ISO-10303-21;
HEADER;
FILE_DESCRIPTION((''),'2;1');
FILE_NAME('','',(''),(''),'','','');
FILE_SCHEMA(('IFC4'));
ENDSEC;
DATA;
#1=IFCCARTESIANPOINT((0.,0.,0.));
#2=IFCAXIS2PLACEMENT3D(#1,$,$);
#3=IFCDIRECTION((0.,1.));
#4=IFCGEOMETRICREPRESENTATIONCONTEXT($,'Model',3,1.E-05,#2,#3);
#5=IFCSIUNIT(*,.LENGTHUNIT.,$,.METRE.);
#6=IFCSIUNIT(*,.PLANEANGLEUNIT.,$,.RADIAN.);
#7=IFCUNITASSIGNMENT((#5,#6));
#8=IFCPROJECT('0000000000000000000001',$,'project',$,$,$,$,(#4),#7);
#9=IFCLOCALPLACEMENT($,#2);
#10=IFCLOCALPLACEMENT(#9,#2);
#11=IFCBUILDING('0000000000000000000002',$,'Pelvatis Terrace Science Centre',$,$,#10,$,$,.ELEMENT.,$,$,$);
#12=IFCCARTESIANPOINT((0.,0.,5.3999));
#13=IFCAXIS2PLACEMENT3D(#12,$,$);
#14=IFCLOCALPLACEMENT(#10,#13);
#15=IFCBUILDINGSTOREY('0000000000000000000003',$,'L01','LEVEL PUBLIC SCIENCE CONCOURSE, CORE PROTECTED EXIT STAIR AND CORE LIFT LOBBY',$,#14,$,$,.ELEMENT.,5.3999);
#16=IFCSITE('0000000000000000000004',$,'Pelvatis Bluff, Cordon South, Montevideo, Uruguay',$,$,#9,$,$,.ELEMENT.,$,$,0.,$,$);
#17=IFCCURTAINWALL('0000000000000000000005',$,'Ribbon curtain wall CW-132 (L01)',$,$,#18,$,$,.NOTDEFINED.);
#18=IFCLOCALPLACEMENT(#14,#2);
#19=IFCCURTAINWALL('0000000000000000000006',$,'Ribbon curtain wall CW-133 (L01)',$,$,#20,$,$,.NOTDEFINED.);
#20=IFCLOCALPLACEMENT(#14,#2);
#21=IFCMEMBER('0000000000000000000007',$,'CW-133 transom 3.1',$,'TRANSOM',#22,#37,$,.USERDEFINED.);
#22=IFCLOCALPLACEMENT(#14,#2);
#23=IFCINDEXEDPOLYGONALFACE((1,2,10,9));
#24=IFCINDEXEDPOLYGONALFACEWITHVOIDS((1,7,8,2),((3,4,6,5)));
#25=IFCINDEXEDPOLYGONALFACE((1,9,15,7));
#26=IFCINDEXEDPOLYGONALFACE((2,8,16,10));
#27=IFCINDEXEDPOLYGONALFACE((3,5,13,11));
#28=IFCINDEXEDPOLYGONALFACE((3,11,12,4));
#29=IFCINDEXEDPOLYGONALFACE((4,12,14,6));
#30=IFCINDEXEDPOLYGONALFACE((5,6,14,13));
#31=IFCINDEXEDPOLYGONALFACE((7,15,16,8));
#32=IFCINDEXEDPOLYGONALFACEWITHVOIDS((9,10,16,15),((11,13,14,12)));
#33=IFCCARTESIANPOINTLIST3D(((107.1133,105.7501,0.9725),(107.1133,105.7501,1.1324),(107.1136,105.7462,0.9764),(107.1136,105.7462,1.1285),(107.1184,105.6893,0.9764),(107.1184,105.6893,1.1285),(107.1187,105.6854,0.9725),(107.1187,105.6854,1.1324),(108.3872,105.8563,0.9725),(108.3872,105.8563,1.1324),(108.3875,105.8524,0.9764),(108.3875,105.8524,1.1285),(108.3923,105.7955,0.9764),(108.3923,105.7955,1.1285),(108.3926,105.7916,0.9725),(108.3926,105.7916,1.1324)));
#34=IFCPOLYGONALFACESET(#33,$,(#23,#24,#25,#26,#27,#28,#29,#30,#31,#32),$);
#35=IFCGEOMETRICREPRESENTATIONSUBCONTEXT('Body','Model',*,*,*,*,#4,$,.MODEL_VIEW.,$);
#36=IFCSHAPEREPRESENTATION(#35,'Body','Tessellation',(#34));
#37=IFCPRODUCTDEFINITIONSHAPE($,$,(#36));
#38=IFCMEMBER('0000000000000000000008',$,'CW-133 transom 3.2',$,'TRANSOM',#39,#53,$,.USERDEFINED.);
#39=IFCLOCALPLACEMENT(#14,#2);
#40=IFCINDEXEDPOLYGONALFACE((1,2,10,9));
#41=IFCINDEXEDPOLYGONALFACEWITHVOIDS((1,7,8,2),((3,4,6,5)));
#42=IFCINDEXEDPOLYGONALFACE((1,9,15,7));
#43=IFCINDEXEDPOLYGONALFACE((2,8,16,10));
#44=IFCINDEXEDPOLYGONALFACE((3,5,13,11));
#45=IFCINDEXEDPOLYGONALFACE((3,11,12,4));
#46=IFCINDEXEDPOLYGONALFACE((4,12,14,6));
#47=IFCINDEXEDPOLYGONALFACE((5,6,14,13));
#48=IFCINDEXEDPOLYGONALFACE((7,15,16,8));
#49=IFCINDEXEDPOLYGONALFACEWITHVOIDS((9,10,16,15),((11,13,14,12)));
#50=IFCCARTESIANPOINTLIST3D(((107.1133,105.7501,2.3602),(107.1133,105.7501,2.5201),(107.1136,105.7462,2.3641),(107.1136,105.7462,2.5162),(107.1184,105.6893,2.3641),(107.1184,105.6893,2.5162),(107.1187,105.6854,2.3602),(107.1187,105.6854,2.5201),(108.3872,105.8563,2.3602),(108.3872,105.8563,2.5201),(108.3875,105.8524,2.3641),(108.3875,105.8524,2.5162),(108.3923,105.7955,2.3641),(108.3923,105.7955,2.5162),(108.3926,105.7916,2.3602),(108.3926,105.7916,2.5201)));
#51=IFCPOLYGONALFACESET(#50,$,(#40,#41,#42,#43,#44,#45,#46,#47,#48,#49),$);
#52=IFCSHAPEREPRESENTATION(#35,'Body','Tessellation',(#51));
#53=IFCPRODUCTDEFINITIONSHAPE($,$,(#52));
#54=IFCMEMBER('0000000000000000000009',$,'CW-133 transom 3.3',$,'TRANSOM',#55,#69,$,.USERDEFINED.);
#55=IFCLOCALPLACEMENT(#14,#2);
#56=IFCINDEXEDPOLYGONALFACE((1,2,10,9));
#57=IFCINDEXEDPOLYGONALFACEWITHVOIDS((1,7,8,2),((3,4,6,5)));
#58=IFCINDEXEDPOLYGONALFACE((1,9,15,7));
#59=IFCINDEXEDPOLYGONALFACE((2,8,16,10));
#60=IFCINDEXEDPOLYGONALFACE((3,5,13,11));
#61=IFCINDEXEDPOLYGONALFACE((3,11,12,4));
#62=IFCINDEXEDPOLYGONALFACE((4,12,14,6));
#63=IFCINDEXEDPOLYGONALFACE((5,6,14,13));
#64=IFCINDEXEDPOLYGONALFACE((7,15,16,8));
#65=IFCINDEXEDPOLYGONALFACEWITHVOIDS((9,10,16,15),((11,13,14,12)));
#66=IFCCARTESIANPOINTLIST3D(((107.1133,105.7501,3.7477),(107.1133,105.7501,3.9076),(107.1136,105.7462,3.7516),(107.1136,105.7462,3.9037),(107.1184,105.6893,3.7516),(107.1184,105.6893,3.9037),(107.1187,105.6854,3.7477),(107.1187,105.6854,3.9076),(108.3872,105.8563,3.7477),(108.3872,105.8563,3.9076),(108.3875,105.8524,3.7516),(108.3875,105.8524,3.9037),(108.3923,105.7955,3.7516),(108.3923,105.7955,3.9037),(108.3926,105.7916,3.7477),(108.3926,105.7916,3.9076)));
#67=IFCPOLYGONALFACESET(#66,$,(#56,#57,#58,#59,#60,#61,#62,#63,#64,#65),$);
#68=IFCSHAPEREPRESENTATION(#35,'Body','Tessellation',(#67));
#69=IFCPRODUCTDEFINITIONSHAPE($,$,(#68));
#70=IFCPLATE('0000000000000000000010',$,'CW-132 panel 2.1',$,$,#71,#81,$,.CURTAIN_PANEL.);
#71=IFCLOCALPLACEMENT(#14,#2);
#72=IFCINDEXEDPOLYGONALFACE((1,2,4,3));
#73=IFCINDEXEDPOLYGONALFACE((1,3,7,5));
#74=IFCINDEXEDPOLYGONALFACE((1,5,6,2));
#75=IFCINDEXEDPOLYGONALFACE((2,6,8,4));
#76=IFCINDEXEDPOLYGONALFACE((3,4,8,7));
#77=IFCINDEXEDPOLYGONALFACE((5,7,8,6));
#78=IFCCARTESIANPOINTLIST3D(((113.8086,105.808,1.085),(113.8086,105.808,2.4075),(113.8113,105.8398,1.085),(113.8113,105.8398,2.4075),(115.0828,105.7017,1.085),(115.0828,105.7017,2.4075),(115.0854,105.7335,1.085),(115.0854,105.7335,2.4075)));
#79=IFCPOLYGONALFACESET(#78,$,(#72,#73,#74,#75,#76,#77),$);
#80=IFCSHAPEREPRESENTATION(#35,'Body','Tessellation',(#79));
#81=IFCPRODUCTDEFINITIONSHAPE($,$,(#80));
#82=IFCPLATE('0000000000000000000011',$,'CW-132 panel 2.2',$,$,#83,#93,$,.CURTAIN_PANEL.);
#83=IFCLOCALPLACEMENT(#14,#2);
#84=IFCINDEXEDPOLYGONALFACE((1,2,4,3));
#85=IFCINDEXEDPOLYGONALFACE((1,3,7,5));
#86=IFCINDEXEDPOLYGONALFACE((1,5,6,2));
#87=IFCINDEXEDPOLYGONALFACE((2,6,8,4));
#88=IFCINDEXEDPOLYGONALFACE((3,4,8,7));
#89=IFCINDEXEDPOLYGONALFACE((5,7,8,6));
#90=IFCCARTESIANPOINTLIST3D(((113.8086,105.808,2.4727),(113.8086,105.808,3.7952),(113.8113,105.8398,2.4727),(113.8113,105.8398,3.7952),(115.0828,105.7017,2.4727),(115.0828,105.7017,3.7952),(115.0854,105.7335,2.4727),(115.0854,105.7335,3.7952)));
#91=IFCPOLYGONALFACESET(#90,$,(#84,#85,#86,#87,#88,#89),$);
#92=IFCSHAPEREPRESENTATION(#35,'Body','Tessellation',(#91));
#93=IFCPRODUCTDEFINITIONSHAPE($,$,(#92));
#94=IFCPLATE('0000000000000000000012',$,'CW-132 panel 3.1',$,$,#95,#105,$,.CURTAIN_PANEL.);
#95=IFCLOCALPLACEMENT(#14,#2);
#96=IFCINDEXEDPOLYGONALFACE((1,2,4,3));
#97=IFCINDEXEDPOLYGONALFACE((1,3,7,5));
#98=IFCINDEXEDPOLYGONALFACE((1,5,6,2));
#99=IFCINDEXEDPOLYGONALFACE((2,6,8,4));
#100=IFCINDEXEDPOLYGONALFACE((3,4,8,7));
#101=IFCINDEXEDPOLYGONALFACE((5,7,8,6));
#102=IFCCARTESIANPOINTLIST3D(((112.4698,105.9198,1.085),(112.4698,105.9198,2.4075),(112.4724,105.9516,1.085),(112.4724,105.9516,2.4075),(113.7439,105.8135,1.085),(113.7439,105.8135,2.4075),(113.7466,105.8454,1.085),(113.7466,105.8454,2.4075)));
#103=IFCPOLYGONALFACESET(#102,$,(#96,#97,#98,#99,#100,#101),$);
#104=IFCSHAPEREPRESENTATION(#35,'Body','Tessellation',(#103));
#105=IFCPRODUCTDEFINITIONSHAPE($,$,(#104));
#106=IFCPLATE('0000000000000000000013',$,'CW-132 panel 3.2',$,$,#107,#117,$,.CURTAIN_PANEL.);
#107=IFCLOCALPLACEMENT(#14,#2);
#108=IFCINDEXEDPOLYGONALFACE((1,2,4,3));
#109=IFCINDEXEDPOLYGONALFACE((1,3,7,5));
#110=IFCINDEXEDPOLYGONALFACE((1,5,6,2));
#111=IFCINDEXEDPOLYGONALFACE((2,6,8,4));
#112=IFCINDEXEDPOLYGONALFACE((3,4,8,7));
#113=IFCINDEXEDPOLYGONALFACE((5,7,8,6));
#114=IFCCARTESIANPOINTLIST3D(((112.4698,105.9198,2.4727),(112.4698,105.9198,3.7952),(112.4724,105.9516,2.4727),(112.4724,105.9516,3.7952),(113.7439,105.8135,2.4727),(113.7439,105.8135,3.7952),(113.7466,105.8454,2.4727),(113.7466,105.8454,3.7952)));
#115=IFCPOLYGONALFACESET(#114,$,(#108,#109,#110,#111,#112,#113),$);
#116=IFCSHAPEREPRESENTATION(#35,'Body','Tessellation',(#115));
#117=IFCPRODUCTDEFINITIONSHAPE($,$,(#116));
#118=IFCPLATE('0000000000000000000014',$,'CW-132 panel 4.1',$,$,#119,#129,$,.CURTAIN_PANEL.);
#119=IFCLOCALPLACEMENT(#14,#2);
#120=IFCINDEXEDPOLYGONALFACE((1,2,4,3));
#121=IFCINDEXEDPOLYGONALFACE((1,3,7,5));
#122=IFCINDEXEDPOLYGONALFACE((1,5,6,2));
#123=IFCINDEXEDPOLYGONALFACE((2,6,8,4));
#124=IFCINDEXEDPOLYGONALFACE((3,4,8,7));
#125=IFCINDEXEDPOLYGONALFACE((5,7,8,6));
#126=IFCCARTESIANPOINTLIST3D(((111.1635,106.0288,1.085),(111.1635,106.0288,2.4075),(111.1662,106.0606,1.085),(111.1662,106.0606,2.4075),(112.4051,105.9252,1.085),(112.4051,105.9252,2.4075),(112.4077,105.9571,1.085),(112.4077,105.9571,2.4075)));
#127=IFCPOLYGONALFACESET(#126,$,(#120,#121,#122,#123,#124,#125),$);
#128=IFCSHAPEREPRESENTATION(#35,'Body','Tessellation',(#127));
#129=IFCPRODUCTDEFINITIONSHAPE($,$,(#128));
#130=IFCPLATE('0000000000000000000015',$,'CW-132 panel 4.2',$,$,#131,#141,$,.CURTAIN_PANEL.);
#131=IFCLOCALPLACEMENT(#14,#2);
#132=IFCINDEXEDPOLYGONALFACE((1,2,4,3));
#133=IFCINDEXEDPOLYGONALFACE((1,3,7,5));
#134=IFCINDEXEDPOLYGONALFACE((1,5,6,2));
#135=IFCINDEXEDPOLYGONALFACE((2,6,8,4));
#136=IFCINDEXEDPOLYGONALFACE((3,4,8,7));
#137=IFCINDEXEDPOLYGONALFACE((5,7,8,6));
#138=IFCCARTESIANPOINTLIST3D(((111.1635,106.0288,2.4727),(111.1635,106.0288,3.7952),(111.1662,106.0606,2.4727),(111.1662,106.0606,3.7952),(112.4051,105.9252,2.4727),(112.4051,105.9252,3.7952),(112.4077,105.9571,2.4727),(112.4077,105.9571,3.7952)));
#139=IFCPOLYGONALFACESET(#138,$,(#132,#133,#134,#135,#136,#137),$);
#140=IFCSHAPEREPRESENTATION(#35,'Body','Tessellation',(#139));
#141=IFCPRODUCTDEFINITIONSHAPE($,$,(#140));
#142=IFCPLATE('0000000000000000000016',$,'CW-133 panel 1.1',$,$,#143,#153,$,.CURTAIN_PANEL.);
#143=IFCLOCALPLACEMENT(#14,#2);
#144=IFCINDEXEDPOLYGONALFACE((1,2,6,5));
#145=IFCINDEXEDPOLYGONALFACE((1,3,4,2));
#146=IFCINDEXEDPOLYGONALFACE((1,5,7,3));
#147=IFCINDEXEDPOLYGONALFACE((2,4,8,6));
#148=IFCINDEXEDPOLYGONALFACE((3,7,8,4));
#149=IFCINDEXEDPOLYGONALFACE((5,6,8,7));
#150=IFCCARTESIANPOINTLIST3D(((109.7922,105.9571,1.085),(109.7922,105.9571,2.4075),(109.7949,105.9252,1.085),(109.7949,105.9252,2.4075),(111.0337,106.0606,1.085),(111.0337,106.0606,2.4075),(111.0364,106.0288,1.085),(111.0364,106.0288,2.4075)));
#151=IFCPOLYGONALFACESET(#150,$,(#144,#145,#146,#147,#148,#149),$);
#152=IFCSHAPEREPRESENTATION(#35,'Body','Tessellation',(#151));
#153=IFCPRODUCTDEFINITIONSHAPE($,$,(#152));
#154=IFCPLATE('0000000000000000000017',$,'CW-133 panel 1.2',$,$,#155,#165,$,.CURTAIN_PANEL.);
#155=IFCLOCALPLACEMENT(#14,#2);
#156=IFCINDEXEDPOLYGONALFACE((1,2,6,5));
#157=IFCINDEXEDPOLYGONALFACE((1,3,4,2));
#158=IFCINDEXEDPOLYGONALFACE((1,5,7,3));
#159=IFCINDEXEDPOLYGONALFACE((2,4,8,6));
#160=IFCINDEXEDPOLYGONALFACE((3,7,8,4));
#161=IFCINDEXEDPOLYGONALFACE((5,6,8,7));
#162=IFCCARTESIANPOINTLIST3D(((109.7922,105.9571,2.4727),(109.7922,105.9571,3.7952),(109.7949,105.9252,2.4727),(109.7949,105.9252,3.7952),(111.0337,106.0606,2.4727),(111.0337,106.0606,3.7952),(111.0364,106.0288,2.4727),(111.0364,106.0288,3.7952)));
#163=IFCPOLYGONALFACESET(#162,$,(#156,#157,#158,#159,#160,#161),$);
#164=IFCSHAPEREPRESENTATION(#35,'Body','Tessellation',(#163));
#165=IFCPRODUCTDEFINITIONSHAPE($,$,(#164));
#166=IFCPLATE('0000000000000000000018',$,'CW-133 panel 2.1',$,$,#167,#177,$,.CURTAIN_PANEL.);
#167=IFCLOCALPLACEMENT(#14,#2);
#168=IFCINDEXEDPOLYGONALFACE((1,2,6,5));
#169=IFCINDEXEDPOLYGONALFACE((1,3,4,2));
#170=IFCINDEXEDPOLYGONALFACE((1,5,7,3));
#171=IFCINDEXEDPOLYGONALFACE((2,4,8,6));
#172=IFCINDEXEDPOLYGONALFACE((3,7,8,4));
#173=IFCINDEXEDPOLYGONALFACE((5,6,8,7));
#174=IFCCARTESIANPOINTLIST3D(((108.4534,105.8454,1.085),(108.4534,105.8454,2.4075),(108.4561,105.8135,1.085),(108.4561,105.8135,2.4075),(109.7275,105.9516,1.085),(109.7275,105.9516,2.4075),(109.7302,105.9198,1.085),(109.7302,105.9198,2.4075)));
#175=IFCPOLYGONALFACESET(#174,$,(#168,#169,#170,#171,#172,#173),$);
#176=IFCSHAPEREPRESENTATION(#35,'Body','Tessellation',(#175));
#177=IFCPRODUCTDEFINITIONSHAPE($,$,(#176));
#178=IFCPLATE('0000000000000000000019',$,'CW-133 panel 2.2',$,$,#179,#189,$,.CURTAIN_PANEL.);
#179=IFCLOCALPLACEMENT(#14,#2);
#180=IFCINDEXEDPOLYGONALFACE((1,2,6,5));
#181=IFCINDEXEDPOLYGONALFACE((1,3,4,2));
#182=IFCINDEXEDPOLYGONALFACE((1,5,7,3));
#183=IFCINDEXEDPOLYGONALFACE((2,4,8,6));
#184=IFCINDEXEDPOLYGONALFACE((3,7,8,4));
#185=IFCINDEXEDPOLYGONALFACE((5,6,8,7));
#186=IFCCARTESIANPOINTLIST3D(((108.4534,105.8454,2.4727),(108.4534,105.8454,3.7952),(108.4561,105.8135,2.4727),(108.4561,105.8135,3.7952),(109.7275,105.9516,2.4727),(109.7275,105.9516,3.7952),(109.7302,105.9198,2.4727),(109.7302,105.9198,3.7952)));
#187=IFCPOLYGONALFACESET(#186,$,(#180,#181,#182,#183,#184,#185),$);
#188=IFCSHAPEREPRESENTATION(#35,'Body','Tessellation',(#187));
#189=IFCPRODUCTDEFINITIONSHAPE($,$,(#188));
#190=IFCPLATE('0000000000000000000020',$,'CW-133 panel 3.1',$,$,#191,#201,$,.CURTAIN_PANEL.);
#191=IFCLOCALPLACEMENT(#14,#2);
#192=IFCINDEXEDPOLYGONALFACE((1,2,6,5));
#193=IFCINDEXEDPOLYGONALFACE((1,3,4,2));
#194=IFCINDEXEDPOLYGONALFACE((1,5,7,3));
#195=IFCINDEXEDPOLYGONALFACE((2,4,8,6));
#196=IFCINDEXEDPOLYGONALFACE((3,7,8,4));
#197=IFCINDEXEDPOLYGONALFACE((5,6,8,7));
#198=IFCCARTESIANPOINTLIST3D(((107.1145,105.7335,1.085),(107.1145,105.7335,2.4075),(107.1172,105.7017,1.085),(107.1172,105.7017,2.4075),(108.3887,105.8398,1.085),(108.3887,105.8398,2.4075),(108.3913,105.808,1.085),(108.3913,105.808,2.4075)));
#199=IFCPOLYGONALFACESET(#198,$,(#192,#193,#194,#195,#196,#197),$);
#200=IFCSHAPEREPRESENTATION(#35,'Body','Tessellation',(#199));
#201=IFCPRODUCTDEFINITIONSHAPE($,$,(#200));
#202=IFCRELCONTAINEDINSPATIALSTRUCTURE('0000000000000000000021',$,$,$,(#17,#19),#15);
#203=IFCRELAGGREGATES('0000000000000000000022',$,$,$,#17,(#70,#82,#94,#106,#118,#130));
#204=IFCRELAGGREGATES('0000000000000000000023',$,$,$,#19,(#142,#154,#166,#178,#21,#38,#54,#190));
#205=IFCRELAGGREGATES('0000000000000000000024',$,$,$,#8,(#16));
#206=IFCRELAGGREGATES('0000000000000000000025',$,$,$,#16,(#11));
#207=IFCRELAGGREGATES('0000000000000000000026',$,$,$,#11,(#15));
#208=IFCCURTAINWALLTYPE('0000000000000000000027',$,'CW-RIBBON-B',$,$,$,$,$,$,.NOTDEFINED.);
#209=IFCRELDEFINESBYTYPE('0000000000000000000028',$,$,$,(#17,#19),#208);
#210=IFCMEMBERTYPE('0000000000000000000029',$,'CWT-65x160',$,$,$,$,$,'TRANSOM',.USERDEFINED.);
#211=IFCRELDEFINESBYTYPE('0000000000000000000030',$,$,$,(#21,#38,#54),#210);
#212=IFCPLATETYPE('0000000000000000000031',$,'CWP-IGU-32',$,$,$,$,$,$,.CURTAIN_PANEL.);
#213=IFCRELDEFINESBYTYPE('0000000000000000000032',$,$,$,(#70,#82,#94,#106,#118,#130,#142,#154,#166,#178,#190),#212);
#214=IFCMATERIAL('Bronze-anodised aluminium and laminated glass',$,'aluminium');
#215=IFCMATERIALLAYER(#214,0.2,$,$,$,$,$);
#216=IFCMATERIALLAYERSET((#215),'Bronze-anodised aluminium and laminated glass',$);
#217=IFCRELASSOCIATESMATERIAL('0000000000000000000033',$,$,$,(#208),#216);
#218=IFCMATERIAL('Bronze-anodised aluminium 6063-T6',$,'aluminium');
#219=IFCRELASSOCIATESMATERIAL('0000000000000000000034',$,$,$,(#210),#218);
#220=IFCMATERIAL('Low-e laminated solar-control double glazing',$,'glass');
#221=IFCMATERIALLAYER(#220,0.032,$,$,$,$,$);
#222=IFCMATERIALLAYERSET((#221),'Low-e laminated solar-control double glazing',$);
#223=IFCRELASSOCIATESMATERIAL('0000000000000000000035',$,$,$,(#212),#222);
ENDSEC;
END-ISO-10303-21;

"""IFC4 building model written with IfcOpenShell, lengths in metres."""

from ifc_helpers import new_model, si_unit, direction, frame, origin, origin_2d, place, context, subcontext, project, spatial, rectangle, hollow_rectangle, extrude, material, layer, layer_set, material_profile, profile_set, type_object, element, aggregate, save


model = new_model("IFC4")

# Units and contexts
model_context = context("Model", 3, precision=1e-05, world=origin(), true_north=direction((0.0, 1.0)))
body_context = subcontext(model_context, "Body", "Model", "MODEL_VIEW")
ifc_project = project(units=[si_unit("LENGTHUNIT", "METRE"), si_unit("PLANEANGLEUNIT", "RADIAN")], contexts=[model_context])

# Site, building, storey
site_placement = place(None, origin())
site = spatial("IfcSite", under=ifc_project, at=site_placement, Name="Pelvatis Bluff, Cordon South, Montevideo, Uruguay", CompositionType="ELEMENT", RefElevation=0.0)
building_placement = place(site_placement, origin())
building = spatial("IfcBuilding", under=site, at=building_placement, Name="Pelvatis Terrace Science Centre", CompositionType="ELEMENT")
storey_placement = place(building_placement, frame((0.0, 0.0, 5.3999)))
storey = spatial("IfcBuildingStorey", under=building, at=storey_placement, Name="L01", Description="LEVEL PUBLIC SCIENCE CONCOURSE, CORE PROTECTED EXIT STAIR AND CORE LIFT LOBBY", CompositionType="ELEMENT", Elevation=5.3999)

# Curtain walls
ifc_material_1 = material(Name="Bronze-anodised aluminium and laminated glass", Category="aluminium")
ifc_layer_1 = layer(ifc_material_1, 0.2)
ifc_layer_set_1 = layer_set([ifc_layer_1], Name="Bronze-anodised aluminium and laminated glass")
curtain_wall_type = type_object("IfcCurtainWallType", Name="CW-RIBBON-B", PredefinedType="NOTDEFINED", material=ifc_layer_set_1)
curtain_wall_1_placement = place(storey_placement, origin())
curtain_wall_1 = element("IfcCurtainWall", 1, at=curtain_wall_1_placement, inside=storey, type_object=curtain_wall_type, Name="Ribbon curtain wall CW-132 (L01)", PredefinedType="NOTDEFINED")
curtain_wall_2_placement = place(storey_placement, origin())
curtain_wall_2 = element("IfcCurtainWall", 2, at=curtain_wall_2_placement, inside=storey, type_object=curtain_wall_type, Name="Ribbon curtain wall CW-133 (L01)", PredefinedType="NOTDEFINED")

# Members
ifc_material_2 = material(Name="Bronze-anodised aluminium 6063-T6", Category="aluminium")
ifc_material_profile_1 = material_profile(ifc_material_2, hollow_rectangle(XDim=0.0649, YDim=0.1599, WallThickness=0.0039, at=origin_2d()), Name="ALU-TRN 65x160")
ifc_profile_set_1 = profile_set([ifc_material_profile_1], Name="Bronze-anodised aluminium 6063-T6")
member_type_1 = type_object("IfcMemberType", Name="CWT-65x160", ElementType="TRANSOM", PredefinedType="USERDEFINED", material=ifc_profile_set_1)
member_1_placement = place(storey_placement, frame((108.3899, 105.824, 1.0525), z_axis=(-0.996543, -0.083077, 0.0), x_axis=(0.083077, -0.996543, 0.0)))
member_1 = element("IfcMember", 3, at=member_1_placement, type_object=member_type_1, Name="CW-133 transom 3.1", ObjectType="TRANSOM", PredefinedType="USERDEFINED", context=body_context, shape_type="SweptSolid", body=[
    extrude(hollow_rectangle(XDim=0.0649, YDim=0.1599, WallThickness=0.0039, at=origin_2d()), origin(), (0.0, 0.0, 1.0), 1.2783),
])
member_2_placement = place(storey_placement, frame((108.3899, 105.824, 2.4402), z_axis=(-0.996543, -0.083077, 0.0), x_axis=(0.083077, -0.996543, 0.0)))
member_2 = element("IfcMember", 4, at=member_2_placement, type_object=member_type_1, Name="CW-133 transom 3.2", ObjectType="TRANSOM", PredefinedType="USERDEFINED", context=body_context, shape_type="SweptSolid", body=[
    extrude(hollow_rectangle(XDim=0.0649, YDim=0.1599, WallThickness=0.0039, at=origin_2d()), origin(), (0.0, 0.0, 1.0), 1.2783),
])
member_3_placement = place(storey_placement, frame((108.3899, 105.824, 3.8276), z_axis=(-0.996543, -0.083077, 0.0), x_axis=(0.083077, -0.996543, 0.0)))
member_3 = element("IfcMember", 5, at=member_3_placement, type_object=member_type_1, Name="CW-133 transom 3.3", ObjectType="TRANSOM", PredefinedType="USERDEFINED", context=body_context, shape_type="SweptSolid", body=[
    extrude(hollow_rectangle(XDim=0.0649, YDim=0.1599, WallThickness=0.0039, at=origin_2d()), origin(), (0.0, 0.0, 1.0), 1.2783),
])

# Plates
ifc_material_3 = material(Name="Low-e laminated solar-control double glazing", Category="glass")
ifc_layer_2 = layer(ifc_material_3, 0.032)
ifc_layer_set_2 = layer_set([ifc_layer_2], Name="Low-e laminated solar-control double glazing")
plate_type = type_object("IfcPlateType", Name="CWP-IGU-32", PredefinedType="CURTAIN_PANEL", material=ifc_layer_set_2)
plate_1_placement = place(storey_placement, frame((114.447, 105.7708, 1.085), z_axis=(0.0, 0.0, 1.0), x_axis=(-0.996539, 0.083126, 0.0)))
plate_1 = element("IfcPlate", 6, at=plate_1_placement, type_object=plate_type, Name="CW-132 panel 2.1", PredefinedType="CURTAIN_PANEL", context=body_context, shape_type="SweptSolid", body=[
    extrude(rectangle(XDim=1.2786, YDim=0.032, at=origin_2d()), origin(), (0.0, 0.0, 1.0), 1.3225),
])
plate_2_placement = place(storey_placement, frame((114.447, 105.7708, 2.4727), z_axis=(0.0, 0.0, 1.0), x_axis=(-0.996539, 0.083126, 0.0)))
plate_2 = element("IfcPlate", 7, at=plate_2_placement, type_object=plate_type, Name="CW-132 panel 2.2", PredefinedType="CURTAIN_PANEL", context=body_context, shape_type="SweptSolid", body=[
    extrude(rectangle(XDim=1.2786, YDim=0.032, at=origin_2d()), origin(), (0.0, 0.0, 1.0), 1.3225),
])
plate_3_placement = place(storey_placement, frame((113.1082, 105.8826, 1.085), z_axis=(0.0, 0.0, 1.0), x_axis=(-0.996539, 0.083126, 0.0)))
plate_3 = element("IfcPlate", 8, at=plate_3_placement, type_object=plate_type, Name="CW-132 panel 3.1", PredefinedType="CURTAIN_PANEL", context=body_context, shape_type="SweptSolid", body=[
    extrude(rectangle(XDim=1.2786, YDim=0.032, at=origin_2d()), origin(), (0.0, 0.0, 1.0), 1.3225),
])
plate_4_placement = place(storey_placement, frame((113.1082, 105.8826, 2.4727), z_axis=(0.0, 0.0, 1.0), x_axis=(-0.996539, 0.083126, 0.0)))
plate_4 = element("IfcPlate", 9, at=plate_4_placement, type_object=plate_type, Name="CW-132 panel 3.2", PredefinedType="CURTAIN_PANEL", context=body_context, shape_type="SweptSolid", body=[
    extrude(rectangle(XDim=1.2786, YDim=0.032, at=origin_2d()), origin(), (0.0, 0.0, 1.0), 1.3225),
])
plate_5_placement = place(storey_placement, frame((111.7856, 105.9929, 1.085), z_axis=(0.0, 0.0, 1.0), x_axis=(-0.996539, 0.083126, 0.0)))
plate_5 = element("IfcPlate", 10, at=plate_5_placement, type_object=plate_type, Name="CW-132 panel 4.1", PredefinedType="CURTAIN_PANEL", context=body_context, shape_type="SweptSolid", body=[
    extrude(rectangle(XDim=1.2458, YDim=0.032, at=origin_2d()), origin(), (0.0, 0.0, 1.0), 1.3225),
])
plate_6_placement = place(storey_placement, frame((111.7856, 105.9929, 2.4727), z_axis=(0.0, 0.0, 1.0), x_axis=(-0.996539, 0.083126, 0.0)))
plate_6 = element("IfcPlate", 11, at=plate_6_placement, type_object=plate_type, Name="CW-132 panel 4.2", PredefinedType="CURTAIN_PANEL", context=body_context, shape_type="SweptSolid", body=[
    extrude(rectangle(XDim=1.2458, YDim=0.032, at=origin_2d()), origin(), (0.0, 0.0, 1.0), 1.3225),
])
aggregate(curtain_wall_1, [plate_1, plate_2, plate_3, plate_4, plate_5, plate_6])
plate_7_placement = place(storey_placement, frame((110.4143, 105.9929, 1.085), z_axis=(0.0, 0.0, 1.0), x_axis=(-0.996539, -0.083126, 0.0)))
plate_7 = element("IfcPlate", 12, at=plate_7_placement, type_object=plate_type, Name="CW-133 panel 1.1", PredefinedType="CURTAIN_PANEL", context=body_context, shape_type="SweptSolid", body=[
    extrude(rectangle(XDim=1.2458, YDim=0.032, at=origin_2d()), origin(), (0.0, 0.0, 1.0), 1.3225),
])
plate_8_placement = place(storey_placement, frame((110.4143, 105.9929, 2.4727), z_axis=(0.0, 0.0, 1.0), x_axis=(-0.996539, -0.083126, 0.0)))
plate_8 = element("IfcPlate", 13, at=plate_8_placement, type_object=plate_type, Name="CW-133 panel 1.2", PredefinedType="CURTAIN_PANEL", context=body_context, shape_type="SweptSolid", body=[
    extrude(rectangle(XDim=1.2458, YDim=0.032, at=origin_2d()), origin(), (0.0, 0.0, 1.0), 1.3225),
])
plate_9_placement = place(storey_placement, frame((109.0918, 105.8826, 1.085), z_axis=(0.0, 0.0, 1.0), x_axis=(-0.996539, -0.083126, 0.0)))
plate_9 = element("IfcPlate", 14, at=plate_9_placement, type_object=plate_type, Name="CW-133 panel 2.1", PredefinedType="CURTAIN_PANEL", context=body_context, shape_type="SweptSolid", body=[
    extrude(rectangle(XDim=1.2786, YDim=0.032, at=origin_2d()), origin(), (0.0, 0.0, 1.0), 1.3225),
])
plate_10_placement = place(storey_placement, frame((109.0918, 105.8826, 2.4727), z_axis=(0.0, 0.0, 1.0), x_axis=(-0.996539, -0.083126, 0.0)))
plate_10 = element("IfcPlate", 15, at=plate_10_placement, type_object=plate_type, Name="CW-133 panel 2.2", PredefinedType="CURTAIN_PANEL", context=body_context, shape_type="SweptSolid", body=[
    extrude(rectangle(XDim=1.2786, YDim=0.032, at=origin_2d()), origin(), (0.0, 0.0, 1.0), 1.3225),
])
plate_11_placement = place(storey_placement, frame((107.7529, 105.7708, 1.085), z_axis=(0.0, 0.0, 1.0), x_axis=(-0.996539, -0.083126, 0.0)))
plate_11 = element("IfcPlate", 16, at=plate_11_placement, type_object=plate_type, Name="CW-133 panel 3.1", PredefinedType="CURTAIN_PANEL", context=body_context, shape_type="SweptSolid", body=[
    extrude(rectangle(XDim=1.2786, YDim=0.032, at=origin_2d()), origin(), (0.0, 0.0, 1.0), 1.3225),
])
aggregate(curtain_wall_2, [plate_7, plate_8, plate_9, plate_10, member_1, member_2, member_3, plate_11])

save(model, "model.ifc")
